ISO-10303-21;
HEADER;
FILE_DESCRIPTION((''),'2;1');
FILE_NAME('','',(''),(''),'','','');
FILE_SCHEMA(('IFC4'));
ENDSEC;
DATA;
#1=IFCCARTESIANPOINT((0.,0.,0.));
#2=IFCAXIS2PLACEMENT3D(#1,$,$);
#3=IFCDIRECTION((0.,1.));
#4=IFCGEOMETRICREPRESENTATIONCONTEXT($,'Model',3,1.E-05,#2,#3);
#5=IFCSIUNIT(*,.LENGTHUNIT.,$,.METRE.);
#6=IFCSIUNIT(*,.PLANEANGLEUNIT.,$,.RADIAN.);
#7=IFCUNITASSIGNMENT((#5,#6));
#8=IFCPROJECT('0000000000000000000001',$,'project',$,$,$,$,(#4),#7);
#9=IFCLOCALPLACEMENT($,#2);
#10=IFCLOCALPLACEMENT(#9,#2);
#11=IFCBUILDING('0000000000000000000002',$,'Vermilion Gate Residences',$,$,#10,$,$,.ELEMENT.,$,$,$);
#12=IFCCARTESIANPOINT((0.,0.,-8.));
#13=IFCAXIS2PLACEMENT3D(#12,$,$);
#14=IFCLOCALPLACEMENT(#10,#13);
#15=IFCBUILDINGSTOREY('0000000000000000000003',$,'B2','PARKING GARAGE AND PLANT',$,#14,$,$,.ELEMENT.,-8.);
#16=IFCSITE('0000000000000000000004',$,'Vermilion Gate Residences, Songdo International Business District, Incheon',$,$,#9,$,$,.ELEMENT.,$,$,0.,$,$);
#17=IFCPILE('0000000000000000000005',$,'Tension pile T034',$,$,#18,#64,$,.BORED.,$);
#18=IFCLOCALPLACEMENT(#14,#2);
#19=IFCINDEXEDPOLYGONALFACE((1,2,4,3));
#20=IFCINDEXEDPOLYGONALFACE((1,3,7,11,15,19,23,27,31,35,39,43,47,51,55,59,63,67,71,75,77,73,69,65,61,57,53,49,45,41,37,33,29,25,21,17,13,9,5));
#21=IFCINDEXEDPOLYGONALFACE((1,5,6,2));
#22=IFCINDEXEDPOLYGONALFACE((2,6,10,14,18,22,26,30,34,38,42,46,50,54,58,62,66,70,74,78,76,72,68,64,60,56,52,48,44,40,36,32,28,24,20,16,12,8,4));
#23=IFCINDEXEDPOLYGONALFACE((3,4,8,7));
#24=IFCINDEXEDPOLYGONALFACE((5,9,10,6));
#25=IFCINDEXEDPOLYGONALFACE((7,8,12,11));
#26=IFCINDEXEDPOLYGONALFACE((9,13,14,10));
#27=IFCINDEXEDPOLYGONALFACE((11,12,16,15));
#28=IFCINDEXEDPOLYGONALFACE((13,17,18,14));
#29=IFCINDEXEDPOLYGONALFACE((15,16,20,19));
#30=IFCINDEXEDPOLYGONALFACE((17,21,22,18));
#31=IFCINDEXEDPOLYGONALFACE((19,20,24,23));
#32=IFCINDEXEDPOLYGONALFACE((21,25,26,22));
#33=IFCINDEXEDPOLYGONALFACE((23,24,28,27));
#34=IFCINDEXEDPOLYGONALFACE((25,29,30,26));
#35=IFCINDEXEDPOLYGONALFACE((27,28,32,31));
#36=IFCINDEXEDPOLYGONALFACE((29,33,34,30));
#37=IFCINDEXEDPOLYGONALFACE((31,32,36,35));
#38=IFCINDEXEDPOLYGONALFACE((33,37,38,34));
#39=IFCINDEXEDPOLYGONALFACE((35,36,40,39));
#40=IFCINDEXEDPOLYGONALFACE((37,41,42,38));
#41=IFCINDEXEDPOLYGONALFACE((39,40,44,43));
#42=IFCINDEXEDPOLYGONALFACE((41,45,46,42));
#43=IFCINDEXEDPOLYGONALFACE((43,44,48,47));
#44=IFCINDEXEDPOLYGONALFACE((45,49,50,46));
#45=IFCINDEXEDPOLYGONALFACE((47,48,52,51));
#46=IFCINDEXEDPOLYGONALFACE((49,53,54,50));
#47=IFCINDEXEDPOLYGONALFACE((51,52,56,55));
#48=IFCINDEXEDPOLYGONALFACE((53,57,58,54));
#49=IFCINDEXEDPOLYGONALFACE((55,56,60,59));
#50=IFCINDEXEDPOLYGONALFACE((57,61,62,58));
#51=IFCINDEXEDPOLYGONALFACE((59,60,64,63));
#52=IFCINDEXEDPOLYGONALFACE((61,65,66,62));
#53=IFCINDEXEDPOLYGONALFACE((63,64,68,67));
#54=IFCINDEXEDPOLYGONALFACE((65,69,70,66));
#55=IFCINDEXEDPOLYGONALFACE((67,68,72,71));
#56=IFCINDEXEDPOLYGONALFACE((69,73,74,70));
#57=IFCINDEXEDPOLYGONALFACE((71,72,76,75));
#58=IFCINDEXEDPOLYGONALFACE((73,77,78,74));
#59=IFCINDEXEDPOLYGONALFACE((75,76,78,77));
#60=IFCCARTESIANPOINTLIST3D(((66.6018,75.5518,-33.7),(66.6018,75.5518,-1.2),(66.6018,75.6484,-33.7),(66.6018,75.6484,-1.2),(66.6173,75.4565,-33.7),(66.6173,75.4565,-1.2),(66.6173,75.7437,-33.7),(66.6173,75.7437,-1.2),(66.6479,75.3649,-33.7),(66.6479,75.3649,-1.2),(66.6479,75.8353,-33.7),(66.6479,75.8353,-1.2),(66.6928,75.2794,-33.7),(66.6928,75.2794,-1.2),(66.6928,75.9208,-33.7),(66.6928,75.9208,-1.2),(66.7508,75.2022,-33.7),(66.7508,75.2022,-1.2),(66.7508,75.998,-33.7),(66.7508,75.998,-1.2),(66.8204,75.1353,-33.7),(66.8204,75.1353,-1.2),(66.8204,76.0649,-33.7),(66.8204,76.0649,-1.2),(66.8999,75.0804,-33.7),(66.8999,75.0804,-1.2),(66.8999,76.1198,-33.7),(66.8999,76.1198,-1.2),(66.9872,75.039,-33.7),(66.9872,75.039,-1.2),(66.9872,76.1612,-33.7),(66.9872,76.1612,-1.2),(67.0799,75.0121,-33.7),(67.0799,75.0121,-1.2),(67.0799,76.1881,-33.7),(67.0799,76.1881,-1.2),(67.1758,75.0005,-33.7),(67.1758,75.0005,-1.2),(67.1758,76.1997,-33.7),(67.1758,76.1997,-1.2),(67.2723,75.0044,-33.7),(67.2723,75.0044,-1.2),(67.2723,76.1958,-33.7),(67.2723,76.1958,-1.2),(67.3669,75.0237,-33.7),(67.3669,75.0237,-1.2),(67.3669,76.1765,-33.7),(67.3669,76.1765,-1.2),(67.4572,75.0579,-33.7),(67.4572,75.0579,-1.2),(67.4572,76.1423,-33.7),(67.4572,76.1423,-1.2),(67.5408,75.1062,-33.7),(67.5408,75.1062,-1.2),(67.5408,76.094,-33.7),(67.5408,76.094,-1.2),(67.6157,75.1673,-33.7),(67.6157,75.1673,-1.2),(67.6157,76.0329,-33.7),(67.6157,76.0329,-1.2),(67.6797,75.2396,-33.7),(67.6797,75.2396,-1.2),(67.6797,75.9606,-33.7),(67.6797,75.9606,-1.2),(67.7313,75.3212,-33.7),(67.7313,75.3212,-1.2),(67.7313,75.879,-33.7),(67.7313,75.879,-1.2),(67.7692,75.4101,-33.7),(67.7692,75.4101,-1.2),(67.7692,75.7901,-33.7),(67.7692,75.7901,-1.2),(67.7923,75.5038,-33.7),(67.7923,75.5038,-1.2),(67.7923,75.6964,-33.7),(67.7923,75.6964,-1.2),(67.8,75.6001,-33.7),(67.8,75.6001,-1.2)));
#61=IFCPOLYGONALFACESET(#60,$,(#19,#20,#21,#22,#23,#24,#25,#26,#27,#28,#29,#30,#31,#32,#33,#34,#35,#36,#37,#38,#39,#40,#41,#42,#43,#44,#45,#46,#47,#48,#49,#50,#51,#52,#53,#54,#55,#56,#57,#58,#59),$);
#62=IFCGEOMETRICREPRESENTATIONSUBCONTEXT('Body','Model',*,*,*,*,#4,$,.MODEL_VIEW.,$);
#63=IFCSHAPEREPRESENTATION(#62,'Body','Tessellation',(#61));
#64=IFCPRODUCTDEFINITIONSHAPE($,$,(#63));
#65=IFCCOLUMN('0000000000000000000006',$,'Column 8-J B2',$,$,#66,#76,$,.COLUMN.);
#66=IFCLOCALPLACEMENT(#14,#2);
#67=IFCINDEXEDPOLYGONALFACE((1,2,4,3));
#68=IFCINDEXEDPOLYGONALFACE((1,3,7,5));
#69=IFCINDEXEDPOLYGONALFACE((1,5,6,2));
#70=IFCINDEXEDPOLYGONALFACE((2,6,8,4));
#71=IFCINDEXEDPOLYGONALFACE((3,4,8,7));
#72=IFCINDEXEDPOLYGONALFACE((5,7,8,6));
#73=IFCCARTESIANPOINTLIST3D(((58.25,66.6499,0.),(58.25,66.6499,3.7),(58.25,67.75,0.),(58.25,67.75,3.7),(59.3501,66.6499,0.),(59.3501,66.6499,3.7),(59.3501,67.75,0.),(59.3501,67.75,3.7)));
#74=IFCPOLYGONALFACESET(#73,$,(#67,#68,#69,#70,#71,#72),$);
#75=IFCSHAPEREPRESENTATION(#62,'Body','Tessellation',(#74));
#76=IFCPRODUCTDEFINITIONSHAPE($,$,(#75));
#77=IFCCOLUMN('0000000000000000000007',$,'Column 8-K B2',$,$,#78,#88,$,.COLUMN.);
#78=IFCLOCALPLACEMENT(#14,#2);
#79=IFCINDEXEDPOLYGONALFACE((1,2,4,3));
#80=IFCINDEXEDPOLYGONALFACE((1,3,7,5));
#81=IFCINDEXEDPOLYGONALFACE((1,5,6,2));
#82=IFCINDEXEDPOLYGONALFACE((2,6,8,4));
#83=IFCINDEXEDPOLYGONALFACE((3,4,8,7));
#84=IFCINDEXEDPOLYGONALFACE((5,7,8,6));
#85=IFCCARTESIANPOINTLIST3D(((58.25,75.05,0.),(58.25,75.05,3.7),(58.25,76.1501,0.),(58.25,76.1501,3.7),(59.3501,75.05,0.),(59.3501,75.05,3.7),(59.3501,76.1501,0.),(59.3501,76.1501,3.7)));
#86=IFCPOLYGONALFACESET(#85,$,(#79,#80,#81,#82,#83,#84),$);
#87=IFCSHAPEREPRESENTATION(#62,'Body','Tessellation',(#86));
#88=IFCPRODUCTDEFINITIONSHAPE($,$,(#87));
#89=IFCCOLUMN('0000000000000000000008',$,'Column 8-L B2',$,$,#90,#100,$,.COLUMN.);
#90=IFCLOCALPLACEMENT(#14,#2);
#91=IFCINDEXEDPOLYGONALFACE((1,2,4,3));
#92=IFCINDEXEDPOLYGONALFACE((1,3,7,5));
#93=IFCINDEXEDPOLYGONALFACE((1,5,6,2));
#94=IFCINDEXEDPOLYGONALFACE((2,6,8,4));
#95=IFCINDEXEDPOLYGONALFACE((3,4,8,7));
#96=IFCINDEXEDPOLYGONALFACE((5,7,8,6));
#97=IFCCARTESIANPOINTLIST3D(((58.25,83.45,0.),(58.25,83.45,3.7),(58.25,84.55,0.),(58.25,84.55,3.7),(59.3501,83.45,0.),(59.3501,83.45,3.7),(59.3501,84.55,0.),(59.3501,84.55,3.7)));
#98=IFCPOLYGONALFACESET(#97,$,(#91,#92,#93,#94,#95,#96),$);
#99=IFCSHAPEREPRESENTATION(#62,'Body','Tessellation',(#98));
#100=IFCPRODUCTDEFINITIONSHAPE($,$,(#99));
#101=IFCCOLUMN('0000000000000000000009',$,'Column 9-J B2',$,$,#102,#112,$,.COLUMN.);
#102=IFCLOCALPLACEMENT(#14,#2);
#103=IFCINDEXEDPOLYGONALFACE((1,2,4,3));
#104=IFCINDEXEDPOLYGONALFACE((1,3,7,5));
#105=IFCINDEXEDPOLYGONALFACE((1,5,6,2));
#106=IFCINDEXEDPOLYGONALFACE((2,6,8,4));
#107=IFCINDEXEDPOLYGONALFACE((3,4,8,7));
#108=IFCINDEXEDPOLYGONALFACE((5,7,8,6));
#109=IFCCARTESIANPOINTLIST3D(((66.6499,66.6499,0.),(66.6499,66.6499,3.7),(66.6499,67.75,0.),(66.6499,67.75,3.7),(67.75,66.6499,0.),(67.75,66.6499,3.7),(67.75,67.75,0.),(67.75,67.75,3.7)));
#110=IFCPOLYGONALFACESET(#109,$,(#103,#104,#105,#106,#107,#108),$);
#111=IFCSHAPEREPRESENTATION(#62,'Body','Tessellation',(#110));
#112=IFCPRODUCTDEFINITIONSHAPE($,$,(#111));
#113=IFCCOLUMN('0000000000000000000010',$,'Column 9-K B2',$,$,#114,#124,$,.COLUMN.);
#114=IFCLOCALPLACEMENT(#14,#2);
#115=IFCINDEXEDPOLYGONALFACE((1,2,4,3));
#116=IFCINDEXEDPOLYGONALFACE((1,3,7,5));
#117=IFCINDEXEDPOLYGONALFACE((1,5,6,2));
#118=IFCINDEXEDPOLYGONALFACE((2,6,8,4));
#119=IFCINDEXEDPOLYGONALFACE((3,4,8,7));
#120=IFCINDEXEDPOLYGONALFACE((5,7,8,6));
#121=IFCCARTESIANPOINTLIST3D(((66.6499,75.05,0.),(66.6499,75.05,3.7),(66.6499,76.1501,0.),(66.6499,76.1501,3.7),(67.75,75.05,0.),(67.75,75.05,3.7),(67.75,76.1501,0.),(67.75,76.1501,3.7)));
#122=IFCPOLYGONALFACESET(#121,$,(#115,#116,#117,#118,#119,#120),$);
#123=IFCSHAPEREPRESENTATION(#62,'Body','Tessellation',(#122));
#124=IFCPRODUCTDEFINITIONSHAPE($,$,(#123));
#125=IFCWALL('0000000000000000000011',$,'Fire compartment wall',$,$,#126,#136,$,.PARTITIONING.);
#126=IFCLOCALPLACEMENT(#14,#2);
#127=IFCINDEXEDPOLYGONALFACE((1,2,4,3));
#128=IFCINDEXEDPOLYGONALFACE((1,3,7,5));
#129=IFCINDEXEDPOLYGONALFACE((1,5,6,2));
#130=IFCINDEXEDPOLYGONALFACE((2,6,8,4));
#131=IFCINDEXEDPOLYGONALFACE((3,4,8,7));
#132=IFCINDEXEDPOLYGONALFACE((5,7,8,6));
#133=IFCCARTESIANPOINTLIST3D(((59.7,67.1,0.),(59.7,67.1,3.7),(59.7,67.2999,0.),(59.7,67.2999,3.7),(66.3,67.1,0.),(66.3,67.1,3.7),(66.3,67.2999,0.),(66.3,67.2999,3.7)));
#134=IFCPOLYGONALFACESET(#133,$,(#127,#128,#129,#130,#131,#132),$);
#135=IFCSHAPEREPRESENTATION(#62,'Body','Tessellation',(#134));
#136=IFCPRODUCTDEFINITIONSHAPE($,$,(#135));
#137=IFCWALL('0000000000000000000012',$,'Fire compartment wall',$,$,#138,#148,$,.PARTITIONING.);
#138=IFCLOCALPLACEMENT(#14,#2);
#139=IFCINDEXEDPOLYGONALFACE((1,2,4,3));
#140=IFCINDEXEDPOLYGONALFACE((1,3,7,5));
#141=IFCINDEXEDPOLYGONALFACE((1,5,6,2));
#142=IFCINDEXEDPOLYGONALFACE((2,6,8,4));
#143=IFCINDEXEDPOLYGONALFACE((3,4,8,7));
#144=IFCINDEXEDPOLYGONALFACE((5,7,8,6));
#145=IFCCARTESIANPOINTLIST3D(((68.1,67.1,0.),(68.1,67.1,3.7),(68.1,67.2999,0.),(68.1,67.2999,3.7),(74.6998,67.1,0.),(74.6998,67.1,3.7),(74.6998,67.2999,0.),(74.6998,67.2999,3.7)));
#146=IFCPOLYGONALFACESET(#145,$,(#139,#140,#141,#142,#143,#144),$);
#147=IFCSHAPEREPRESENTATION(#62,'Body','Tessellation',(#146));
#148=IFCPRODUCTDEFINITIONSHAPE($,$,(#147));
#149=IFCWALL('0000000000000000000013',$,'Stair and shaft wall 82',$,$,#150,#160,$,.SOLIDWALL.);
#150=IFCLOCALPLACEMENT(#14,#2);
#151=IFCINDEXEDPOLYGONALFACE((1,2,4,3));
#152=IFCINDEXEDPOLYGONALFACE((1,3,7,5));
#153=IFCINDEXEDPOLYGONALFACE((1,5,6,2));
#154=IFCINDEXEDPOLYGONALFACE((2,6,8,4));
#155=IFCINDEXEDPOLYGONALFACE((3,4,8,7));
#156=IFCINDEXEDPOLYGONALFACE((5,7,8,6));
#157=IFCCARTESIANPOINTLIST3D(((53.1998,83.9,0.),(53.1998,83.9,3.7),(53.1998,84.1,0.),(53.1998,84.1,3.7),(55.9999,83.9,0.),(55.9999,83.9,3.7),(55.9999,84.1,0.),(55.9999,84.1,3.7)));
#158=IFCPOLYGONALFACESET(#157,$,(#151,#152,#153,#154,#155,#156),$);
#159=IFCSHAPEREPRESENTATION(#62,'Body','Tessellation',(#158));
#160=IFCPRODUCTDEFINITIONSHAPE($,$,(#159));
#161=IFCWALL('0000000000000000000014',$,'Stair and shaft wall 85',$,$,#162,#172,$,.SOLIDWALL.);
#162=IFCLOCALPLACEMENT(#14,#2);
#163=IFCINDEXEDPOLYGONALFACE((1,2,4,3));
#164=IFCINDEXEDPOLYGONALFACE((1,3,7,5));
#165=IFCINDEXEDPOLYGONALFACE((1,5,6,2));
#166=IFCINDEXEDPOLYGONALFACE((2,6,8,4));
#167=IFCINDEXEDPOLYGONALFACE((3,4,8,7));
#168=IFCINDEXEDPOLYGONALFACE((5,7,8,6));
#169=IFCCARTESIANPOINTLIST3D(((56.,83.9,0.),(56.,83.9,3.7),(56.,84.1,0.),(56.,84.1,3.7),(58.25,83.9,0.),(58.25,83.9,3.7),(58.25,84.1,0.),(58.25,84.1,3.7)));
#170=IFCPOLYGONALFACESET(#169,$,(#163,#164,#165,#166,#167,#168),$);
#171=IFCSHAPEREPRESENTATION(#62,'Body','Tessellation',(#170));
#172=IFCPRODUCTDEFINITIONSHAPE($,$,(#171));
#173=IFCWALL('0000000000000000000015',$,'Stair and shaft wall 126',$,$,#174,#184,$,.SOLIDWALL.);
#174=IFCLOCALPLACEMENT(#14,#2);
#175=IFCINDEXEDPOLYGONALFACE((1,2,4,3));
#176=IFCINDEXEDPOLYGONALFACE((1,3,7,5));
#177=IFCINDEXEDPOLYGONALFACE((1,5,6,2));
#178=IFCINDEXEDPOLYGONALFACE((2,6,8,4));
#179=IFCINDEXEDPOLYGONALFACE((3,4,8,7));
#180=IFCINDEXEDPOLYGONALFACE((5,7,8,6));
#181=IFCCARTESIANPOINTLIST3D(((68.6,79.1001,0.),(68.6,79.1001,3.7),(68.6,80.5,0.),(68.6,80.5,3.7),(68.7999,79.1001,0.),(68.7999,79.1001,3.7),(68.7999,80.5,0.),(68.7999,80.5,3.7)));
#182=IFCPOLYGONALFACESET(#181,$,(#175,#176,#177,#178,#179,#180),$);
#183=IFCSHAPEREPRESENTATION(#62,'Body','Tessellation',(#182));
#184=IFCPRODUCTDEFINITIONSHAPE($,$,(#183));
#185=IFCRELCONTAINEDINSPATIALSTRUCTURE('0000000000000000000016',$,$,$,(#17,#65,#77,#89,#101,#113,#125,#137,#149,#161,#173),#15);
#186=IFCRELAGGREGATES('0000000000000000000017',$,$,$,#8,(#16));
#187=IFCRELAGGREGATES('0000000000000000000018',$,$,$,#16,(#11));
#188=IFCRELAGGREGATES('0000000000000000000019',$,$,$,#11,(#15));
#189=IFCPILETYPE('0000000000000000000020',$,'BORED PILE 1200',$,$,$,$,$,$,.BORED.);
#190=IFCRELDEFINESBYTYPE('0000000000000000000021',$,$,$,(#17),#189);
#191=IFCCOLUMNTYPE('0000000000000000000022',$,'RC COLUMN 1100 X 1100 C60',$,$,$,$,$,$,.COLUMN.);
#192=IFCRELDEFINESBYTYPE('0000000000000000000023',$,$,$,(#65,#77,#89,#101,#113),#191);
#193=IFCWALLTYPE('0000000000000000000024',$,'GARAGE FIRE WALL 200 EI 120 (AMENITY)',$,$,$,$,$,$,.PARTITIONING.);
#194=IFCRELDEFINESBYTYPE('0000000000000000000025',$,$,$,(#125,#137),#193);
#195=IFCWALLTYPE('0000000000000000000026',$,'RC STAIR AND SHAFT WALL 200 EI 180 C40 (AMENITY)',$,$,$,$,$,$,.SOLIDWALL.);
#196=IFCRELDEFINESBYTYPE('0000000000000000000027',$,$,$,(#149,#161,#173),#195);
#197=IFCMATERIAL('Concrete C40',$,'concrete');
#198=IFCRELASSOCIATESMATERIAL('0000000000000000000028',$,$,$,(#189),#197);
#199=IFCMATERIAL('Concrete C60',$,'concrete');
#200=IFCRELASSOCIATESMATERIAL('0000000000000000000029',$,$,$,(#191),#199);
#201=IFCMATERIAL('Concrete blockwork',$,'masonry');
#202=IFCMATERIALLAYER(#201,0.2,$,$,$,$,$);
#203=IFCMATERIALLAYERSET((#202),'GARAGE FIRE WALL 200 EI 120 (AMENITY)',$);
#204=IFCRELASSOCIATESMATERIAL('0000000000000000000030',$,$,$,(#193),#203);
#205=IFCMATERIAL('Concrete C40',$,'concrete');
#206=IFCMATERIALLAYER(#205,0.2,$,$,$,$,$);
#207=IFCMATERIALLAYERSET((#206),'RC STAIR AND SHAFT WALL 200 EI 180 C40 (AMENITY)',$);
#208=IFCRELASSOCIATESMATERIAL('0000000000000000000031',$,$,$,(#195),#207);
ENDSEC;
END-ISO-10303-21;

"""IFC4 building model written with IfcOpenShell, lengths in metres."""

from ifc_helpers import new_model, si_unit, direction, frame, frame_2d, origin, origin_2d, place, context, subcontext, project, spatial, rectangle, circle, extrude, material, layer, layer_set, material_profile, profile_set, type_object, element, save


model = new_model("IFC4")

# Units and contexts
model_context = context("Model", 3, precision=1e-05, world=origin(), true_north=direction((0.0, 1.0)))
body_context = subcontext(model_context, "Body", "Model", "MODEL_VIEW")
ifc_project = project(units=[si_unit("LENGTHUNIT", "METRE"), si_unit("PLANEANGLEUNIT", "RADIAN")], contexts=[model_context])

# Site, building, storey
site_placement = place(None, origin())
site = spatial("IfcSite", under=ifc_project, at=site_placement, Name="Vermilion Gate Residences, Songdo International Business District, Incheon", CompositionType="ELEMENT", RefElevation=0.0)
building_placement = place(site_placement, origin())
building = spatial("IfcBuilding", under=site, at=building_placement, Name="Vermilion Gate Residences", CompositionType="ELEMENT")
storey_placement = place(building_placement, frame((0.0, 0.0, -8.0)))
storey = spatial("IfcBuildingStorey", under=building, at=storey_placement, Name="B2", Description="PARKING GARAGE AND PLANT", CompositionType="ELEMENT", Elevation=-8.0)

# Pile
ifc_material_1 = material(Name="Concrete C40", Category="concrete")
ifc_material_profile_1 = material_profile(ifc_material_1, circle(Radius=0.6001, at=origin_2d()), Name="BORED PILE 1200")
ifc_profile_set_1 = profile_set([ifc_material_profile_1], Name="Concrete C40")
pile_type = type_object("IfcPileType", Name="BORED PILE 1200", PredefinedType="BORED", material=ifc_profile_set_1)
for number, where, z_axis, x_axis, name in (
    (1, (67.2, 75.6001, -1.2), (0.0, 0.0, -1.0), (1.0, 0.0, 0.0), "Tension pile T034"),
):
    element("IfcPile", number, at=place(storey_placement, frame(where, z_axis=z_axis, x_axis=x_axis)), inside=storey, type_object=pile_type, Name=name, PredefinedType="BORED", context=body_context, shape_type="SweptSolid", body=[
        extrude(circle(Radius=0.6001, at=origin_2d()), origin(), (0.0, 0.0, 1.0), 32.5),
    ])

# Columns
ifc_material_2 = material(Name="Concrete C60", Category="concrete")
ifc_material_profile_2 = material_profile(ifc_material_2, rectangle(XDim=1.1001, YDim=1.1001, at=origin_2d()), Name="RC-1100x1100")
ifc_profile_set_2 = profile_set([ifc_material_profile_2], Name="Concrete C60")
column_type = type_object("IfcColumnType", Name="RC COLUMN 1100 X 1100 C60", PredefinedType="COLUMN", material=ifc_profile_set_2)
for number, where, z_axis, x_axis, name in (
    (2, (58.8, 67.2, 0.0), (0.0, 0.0, 1.0), (1.0, 0.0, 0.0), "Column 8-J B2"),
    (3, (58.8, 75.6001, 0.0), (0.0, 0.0, 1.0), (1.0, 0.0, 0.0), "Column 8-K B2"),
    (4, (58.8, 84.0, 0.0), (0.0, 0.0, 1.0), (1.0, 0.0, 0.0), "Column 8-L B2"),
    (5, (67.2, 67.2, 0.0), (0.0, 0.0, 1.0), (1.0, 0.0, 0.0), "Column 9-J B2"),
    (6, (67.2, 75.6001, 0.0), (0.0, 0.0, 1.0), (1.0, 0.0, 0.0), "Column 9-K B2"),
):
    element("IfcColumn", number, at=place(storey_placement, frame(where, z_axis=z_axis, x_axis=x_axis)), inside=storey, type_object=column_type, Name=name, PredefinedType="COLUMN", context=body_context, shape_type="SweptSolid", body=[
        extrude(rectangle(XDim=1.1001, YDim=1.1001, at=origin_2d()), origin(), (0.0, 0.0, 1.0), 3.7),
    ])

# Walls
ifc_material_3 = material(Name="Concrete blockwork", Category="masonry")
ifc_layer_1 = layer(ifc_material_3, 0.2)
ifc_layer_set_1 = layer_set([ifc_layer_1], Name="GARAGE FIRE WALL 200 EI 120 (AMENITY)")
wall_type_1 = type_object("IfcWallType", Name="GARAGE FIRE WALL 200 EI 120 (AMENITY)", PredefinedType="PARTITIONING", material=ifc_layer_set_1)
wall_1_placement = place(storey_placement, frame((59.7, 67.2, 0.0), z_axis=(0.0, 0.0, 1.0), x_axis=(1.0, 0.0, 0.0)))
element("IfcWall", 7, at=wall_1_placement, inside=storey, type_object=wall_type_1, Name="Fire compartment wall", PredefinedType="PARTITIONING", context=body_context, shape_type="SweptSolid", body=[
    extrude(rectangle(XDim=6.6001, YDim=0.2, at=frame_2d((3.3, 0.0))), origin(), (0.0, 0.0, 1.0), 3.7),
])
wall_2_placement = place(storey_placement, frame((68.1001, 67.2, 0.0), z_axis=(0.0, 0.0, 1.0), x_axis=(1.0, 0.0, 0.0)))
element("IfcWall", 8, at=wall_2_placement, inside=storey, type_object=wall_type_1, Name="Fire compartment wall", PredefinedType="PARTITIONING", context=body_context, shape_type="SweptSolid", body=[
    extrude(rectangle(XDim=6.5999, YDim=0.2, at=frame_2d((3.2998, 0.0))), origin(), (0.0, 0.0, 1.0), 3.7),
])
ifc_material_4 = material(Name="Concrete C40", Category="concrete")
ifc_layer_2 = layer(ifc_material_4, 0.2)
ifc_layer_set_2 = layer_set([ifc_layer_2], Name="RC STAIR AND SHAFT WALL 200 EI 180 C40 (AMENITY)")
wall_type_2 = type_object("IfcWallType", Name="RC STAIR AND SHAFT WALL 200 EI 180 C40 (AMENITY)", PredefinedType="SOLIDWALL", material=ifc_layer_set_2)
wall_3_placement = place(storey_placement, frame((53.2, 84.0, 0.0), z_axis=(0.0, 0.0, 1.0), x_axis=(1.0, 0.0, 0.0)))
element("IfcWall", 9, at=wall_3_placement, inside=storey, type_object=wall_type_2, Name="Stair and shaft wall 82", PredefinedType="SOLIDWALL", context=body_context, shape_type="SweptSolid", body=[
    extrude(rectangle(XDim=2.8, YDim=0.2, at=frame_2d((1.3999, 0.0))), origin(), (0.0, 0.0, 1.0), 3.7),
])
wall_4_placement = place(storey_placement, frame((56.0, 84.0, 0.0), z_axis=(0.0, 0.0, 1.0), x_axis=(1.0, 0.0, 0.0)))
element("IfcWall", 10, at=wall_4_placement, inside=storey, type_object=wall_type_2, Name="Stair and shaft wall 85", PredefinedType="SOLIDWALL", context=body_context, shape_type="SweptSolid", body=[
    extrude(rectangle(XDim=2.25, YDim=0.2, at=frame_2d((1.125, 0.0))), origin(), (0.0, 0.0, 1.0), 3.7),
])
wall_5_placement = place(storey_placement, frame((68.7, 79.1001, 0.0), z_axis=(0.0, 0.0, 1.0), x_axis=(0.0, 1.0, 0.0)))
element("IfcWall", 11, at=wall_5_placement, inside=storey, type_object=wall_type_2, Name="Stair and shaft wall 126", PredefinedType="SOLIDWALL", context=body_context, shape_type="SweptSolid", body=[
    extrude(rectangle(XDim=1.3999, YDim=0.2, at=frame_2d((0.7, 0.0))), origin(), (0.0, 0.0, 1.0), 3.7),
])

save(model, "model.ifc")
